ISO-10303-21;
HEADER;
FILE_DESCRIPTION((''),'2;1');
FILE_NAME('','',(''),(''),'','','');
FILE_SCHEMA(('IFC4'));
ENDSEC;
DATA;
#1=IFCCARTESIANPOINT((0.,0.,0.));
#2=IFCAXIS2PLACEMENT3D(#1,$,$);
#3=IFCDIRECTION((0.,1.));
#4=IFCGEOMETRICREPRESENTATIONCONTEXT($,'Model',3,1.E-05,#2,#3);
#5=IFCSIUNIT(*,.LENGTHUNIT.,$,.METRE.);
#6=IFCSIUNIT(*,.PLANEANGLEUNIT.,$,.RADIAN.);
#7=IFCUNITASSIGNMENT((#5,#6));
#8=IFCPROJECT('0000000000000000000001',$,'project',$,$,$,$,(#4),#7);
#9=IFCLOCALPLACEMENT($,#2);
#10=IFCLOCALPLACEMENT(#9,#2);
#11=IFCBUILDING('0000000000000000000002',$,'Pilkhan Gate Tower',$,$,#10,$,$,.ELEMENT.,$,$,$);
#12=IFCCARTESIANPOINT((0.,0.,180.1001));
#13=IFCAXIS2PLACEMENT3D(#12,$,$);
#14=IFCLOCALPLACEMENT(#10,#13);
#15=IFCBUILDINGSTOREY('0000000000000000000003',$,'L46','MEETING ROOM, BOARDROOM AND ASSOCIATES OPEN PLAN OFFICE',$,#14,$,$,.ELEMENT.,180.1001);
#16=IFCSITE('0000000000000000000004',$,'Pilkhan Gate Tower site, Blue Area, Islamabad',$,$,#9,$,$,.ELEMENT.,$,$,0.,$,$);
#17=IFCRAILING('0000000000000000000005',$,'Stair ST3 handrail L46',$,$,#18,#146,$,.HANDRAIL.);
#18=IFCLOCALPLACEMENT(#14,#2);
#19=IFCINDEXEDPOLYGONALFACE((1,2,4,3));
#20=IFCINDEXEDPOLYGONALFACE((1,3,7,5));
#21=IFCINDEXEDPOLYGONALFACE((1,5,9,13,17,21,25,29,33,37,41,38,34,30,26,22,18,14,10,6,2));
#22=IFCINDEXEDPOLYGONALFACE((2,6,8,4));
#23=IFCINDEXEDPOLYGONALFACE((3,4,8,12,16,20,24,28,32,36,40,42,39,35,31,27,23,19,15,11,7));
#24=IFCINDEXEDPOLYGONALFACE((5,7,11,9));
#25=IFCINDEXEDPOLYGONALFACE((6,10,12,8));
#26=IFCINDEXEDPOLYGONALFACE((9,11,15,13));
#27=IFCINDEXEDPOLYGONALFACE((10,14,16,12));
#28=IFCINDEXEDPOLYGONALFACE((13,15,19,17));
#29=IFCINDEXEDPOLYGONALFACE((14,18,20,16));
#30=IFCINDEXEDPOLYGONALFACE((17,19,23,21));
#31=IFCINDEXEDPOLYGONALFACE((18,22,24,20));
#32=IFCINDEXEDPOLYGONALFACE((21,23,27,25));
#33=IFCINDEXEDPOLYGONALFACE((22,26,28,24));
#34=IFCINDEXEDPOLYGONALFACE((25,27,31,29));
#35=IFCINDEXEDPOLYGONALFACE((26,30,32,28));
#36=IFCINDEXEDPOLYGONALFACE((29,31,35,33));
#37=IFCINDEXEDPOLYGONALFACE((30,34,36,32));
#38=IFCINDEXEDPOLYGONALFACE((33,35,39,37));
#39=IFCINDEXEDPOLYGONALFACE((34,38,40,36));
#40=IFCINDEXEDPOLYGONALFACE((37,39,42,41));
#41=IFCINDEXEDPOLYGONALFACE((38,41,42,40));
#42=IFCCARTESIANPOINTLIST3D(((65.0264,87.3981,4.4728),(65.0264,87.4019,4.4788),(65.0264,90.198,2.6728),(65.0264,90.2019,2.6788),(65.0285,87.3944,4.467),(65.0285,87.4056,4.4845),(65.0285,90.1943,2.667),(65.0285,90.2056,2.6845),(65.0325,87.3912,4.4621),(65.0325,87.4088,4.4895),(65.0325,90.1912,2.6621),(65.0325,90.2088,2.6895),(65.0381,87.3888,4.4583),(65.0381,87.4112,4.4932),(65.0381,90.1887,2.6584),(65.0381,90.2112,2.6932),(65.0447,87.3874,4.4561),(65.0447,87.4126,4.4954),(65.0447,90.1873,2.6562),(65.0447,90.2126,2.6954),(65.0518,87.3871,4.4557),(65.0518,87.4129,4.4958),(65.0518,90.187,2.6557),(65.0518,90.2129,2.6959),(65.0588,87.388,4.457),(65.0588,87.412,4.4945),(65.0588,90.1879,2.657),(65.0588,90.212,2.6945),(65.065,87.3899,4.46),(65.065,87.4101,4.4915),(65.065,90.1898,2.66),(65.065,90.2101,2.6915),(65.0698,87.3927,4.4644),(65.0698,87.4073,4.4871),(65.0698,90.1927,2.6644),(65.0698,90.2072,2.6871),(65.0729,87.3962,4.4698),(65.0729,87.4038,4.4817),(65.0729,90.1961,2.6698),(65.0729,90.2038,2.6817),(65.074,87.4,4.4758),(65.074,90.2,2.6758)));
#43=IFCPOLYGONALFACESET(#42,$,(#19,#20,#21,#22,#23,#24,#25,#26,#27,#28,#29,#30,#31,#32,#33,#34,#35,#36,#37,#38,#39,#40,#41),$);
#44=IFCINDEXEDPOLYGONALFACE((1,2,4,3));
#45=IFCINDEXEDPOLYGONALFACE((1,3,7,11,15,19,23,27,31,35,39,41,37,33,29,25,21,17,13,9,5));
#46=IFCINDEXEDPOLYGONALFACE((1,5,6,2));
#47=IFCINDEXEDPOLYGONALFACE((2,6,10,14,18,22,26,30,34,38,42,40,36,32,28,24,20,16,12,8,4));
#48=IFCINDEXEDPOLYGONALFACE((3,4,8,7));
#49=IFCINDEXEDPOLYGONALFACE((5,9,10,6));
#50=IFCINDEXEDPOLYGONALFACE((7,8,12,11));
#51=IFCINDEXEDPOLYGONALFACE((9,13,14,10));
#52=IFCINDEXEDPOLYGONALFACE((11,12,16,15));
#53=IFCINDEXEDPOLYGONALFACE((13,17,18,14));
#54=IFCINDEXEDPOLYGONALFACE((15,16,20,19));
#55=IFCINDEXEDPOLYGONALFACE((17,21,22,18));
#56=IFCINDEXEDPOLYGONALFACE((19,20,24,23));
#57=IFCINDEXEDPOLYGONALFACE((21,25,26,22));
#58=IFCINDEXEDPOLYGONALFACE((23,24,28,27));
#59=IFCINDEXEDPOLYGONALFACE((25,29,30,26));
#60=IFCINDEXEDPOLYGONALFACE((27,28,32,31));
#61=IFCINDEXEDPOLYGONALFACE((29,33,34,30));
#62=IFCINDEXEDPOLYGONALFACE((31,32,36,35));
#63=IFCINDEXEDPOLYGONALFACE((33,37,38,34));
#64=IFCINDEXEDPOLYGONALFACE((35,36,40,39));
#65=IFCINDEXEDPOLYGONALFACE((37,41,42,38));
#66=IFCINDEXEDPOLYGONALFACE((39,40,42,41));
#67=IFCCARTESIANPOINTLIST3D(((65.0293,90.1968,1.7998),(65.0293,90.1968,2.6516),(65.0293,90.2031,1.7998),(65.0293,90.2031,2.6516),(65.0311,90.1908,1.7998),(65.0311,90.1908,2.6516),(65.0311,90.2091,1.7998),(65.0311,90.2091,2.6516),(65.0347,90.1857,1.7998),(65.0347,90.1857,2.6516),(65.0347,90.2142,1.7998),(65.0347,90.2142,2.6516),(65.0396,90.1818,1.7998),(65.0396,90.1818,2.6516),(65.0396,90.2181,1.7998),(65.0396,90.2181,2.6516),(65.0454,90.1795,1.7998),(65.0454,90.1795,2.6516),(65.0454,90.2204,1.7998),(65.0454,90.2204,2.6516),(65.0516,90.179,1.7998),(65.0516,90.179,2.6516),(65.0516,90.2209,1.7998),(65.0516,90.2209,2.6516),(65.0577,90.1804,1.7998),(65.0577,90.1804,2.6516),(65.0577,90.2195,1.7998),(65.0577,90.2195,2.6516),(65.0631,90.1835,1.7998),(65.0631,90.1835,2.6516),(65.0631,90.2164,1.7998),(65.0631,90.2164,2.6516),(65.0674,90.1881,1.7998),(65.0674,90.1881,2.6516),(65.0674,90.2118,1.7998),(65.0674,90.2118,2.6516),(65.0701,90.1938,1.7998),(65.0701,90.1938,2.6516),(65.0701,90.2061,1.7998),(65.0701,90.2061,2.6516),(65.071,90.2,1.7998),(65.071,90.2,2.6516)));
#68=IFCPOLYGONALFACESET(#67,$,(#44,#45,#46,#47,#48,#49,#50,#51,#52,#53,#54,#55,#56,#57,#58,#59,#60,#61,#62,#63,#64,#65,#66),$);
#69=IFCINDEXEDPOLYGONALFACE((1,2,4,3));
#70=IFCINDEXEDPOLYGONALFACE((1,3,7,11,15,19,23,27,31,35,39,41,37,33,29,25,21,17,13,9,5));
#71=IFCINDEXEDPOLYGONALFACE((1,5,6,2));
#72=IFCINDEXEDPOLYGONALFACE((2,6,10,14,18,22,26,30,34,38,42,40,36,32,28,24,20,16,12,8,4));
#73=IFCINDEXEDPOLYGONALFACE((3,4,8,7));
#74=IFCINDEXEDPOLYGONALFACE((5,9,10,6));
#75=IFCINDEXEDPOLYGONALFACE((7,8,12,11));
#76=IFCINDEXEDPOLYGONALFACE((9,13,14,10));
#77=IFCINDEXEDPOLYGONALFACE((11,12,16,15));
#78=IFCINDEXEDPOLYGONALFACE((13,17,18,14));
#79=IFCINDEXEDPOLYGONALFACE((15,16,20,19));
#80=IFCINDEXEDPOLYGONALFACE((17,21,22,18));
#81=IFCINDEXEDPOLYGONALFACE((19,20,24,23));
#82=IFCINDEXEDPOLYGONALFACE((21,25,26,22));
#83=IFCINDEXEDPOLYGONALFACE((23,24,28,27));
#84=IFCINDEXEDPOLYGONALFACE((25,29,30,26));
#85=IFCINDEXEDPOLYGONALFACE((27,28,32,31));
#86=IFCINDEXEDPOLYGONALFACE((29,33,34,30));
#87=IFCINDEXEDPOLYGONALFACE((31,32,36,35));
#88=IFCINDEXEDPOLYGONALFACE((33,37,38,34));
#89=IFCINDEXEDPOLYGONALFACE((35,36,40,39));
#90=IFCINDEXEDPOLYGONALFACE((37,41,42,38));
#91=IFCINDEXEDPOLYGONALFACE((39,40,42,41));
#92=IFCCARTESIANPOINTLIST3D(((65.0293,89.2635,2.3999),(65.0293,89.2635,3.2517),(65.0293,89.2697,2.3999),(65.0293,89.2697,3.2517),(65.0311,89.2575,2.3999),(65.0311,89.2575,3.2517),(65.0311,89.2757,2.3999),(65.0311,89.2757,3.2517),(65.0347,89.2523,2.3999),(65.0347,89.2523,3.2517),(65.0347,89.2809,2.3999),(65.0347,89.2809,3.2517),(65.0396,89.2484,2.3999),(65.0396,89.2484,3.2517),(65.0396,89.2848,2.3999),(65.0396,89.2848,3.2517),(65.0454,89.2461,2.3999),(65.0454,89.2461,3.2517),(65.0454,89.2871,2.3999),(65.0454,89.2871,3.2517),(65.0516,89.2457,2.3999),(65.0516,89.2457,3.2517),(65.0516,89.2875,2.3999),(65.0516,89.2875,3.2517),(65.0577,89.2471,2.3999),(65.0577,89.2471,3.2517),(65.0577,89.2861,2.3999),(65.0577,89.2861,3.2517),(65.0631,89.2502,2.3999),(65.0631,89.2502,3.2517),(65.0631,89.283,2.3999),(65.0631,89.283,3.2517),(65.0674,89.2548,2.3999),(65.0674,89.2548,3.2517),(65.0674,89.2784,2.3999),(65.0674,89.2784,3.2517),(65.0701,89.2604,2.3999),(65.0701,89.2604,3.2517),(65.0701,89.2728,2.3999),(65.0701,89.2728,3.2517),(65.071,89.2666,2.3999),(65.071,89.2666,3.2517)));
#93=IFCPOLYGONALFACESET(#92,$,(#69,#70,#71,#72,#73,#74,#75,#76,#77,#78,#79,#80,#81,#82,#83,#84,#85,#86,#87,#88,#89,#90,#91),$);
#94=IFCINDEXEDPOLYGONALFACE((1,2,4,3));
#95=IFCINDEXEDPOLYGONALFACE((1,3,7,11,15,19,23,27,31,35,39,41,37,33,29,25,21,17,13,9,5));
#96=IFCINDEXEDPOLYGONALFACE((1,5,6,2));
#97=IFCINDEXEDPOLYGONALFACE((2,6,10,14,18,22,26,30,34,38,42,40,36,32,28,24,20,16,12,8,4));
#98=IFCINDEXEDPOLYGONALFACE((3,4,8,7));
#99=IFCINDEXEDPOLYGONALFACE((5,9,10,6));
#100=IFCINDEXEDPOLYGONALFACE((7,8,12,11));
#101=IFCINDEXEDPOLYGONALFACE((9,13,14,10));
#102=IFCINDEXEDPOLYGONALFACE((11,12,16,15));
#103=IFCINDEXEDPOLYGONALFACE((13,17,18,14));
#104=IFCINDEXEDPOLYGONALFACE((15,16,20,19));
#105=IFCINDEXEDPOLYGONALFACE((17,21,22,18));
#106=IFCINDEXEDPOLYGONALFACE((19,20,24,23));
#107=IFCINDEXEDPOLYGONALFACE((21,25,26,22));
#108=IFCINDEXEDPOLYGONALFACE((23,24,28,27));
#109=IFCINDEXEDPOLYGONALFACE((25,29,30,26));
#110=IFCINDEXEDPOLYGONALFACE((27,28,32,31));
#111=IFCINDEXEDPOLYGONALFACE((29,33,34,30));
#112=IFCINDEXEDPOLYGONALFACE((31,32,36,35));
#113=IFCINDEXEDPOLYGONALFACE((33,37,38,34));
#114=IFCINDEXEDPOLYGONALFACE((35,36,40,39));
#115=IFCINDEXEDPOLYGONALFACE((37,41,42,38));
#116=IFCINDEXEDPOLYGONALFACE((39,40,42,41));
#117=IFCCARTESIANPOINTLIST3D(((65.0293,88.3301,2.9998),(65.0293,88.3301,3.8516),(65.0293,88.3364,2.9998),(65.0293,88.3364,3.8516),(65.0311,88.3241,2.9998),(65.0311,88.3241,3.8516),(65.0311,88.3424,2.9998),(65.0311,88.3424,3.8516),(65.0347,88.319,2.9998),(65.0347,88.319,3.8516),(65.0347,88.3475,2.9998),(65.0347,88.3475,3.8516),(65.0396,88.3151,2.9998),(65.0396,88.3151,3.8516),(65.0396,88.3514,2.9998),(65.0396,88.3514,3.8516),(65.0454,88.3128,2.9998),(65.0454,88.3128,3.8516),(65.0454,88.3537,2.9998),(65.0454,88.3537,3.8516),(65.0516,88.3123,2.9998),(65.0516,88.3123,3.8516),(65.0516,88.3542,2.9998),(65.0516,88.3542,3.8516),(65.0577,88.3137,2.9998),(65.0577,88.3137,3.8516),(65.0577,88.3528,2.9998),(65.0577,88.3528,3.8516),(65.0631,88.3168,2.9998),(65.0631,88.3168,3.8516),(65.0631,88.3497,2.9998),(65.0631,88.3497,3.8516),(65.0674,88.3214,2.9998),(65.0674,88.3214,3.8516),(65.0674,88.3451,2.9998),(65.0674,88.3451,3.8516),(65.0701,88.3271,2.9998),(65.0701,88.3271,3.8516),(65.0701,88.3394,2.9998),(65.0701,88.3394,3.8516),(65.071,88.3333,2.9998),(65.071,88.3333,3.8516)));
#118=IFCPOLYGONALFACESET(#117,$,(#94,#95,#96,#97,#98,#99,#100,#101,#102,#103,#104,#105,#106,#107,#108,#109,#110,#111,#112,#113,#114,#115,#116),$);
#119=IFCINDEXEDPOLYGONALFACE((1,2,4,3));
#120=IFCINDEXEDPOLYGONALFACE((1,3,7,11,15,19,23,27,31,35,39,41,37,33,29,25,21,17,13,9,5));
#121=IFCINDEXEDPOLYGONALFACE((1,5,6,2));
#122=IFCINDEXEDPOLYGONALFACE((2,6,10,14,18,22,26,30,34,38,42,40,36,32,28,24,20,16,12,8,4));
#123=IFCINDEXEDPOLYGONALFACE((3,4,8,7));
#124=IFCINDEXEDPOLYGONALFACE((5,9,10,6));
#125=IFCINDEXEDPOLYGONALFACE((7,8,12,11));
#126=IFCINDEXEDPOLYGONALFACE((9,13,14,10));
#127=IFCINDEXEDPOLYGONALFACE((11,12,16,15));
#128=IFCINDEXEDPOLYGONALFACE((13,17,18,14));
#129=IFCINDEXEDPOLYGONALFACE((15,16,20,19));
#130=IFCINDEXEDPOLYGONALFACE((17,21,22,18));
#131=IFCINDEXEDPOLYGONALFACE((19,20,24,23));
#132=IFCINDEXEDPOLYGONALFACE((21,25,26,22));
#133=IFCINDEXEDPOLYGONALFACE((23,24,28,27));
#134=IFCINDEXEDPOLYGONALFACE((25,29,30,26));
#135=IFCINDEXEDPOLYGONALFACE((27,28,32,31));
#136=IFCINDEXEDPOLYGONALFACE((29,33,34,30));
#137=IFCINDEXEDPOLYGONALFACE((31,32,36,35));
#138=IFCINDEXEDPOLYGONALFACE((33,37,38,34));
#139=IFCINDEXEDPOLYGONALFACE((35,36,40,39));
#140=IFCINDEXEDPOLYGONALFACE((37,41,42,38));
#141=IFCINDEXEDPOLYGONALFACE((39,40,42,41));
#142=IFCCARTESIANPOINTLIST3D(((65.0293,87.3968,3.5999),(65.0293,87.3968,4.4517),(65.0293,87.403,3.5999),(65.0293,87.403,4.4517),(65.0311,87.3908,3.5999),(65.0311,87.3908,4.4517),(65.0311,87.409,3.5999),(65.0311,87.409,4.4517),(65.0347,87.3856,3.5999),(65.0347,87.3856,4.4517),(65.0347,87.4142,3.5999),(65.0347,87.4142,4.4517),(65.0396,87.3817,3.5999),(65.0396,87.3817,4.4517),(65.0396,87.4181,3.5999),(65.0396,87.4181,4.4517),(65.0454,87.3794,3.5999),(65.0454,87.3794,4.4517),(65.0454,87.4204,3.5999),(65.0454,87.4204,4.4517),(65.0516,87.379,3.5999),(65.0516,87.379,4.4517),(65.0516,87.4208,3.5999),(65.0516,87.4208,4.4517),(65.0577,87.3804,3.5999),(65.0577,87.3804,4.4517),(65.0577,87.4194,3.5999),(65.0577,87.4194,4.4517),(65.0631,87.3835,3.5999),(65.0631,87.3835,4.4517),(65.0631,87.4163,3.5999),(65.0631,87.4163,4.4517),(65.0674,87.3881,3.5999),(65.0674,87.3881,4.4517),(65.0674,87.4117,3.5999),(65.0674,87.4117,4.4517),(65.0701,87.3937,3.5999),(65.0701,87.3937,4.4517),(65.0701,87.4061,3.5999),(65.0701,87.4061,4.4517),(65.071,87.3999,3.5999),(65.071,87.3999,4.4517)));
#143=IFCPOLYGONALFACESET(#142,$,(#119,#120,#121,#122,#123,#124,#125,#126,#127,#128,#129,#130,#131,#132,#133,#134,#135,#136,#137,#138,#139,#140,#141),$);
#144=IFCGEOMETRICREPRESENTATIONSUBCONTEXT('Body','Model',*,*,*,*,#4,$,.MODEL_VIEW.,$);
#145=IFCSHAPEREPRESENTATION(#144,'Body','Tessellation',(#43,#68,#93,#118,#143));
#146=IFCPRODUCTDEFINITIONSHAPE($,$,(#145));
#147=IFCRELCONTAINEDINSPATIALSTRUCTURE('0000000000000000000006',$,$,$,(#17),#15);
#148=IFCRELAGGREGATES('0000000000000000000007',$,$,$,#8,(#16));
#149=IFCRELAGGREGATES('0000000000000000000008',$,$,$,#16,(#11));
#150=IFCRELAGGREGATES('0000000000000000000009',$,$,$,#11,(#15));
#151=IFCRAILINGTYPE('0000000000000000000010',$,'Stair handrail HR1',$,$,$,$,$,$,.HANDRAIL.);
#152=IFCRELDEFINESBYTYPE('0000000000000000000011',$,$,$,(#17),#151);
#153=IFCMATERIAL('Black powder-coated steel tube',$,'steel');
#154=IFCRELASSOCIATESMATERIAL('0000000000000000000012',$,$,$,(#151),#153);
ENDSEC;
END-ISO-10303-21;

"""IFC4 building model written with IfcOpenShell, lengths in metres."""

from ifc_helpers import new_model, si_unit, direction, frame, origin, origin_2d, place, context, subcontext, project, spatial, circle, extrude, material, type_object, element, save


model = new_model("IFC4")

# Units and contexts
model_context = context("Model", 3, precision=1e-05, world=origin(), true_north=direction((0.0, 1.0)))
body_context = subcontext(model_context, "Body", "Model", "MODEL_VIEW")
ifc_project = project(units=[si_unit("LENGTHUNIT", "METRE"), si_unit("PLANEANGLEUNIT", "RADIAN")], contexts=[model_context])

# Site, building, storey
site_placement = place(None, origin())
site = spatial("IfcSite", under=ifc_project, at=site_placement, Name="Pilkhan Gate Tower site, Blue Area, Islamabad", CompositionType="ELEMENT", RefElevation=0.0)
building_placement = place(site_placement, origin())
building = spatial("IfcBuilding", under=site, at=building_placement, Name="Pilkhan Gate Tower", CompositionType="ELEMENT")
storey_placement = place(building_placement, frame((0.0, 0.0, 180.1001)))
storey = spatial("IfcBuildingStorey", under=building, at=storey_placement, Name="L46", Description="MEETING ROOM, BOARDROOM AND ASSOCIATES OPEN PLAN OFFICE", CompositionType="ELEMENT", Elevation=180.1001)

# Railing
ifc_material_1 = material(Name="Black powder-coated steel tube", Category="steel")
railing_type_1 = type_object("IfcRailingType", Name="Stair handrail HR1", PredefinedType="HANDRAIL", material=ifc_material_1)
railing_1_placement = place(storey_placement, frame((65.05, 90.2, 1.7998)))
element("IfcRailing", 1, at=railing_1_placement, inside=storey, type_object=railing_type_1, Name="Stair ST3 handrail L46", PredefinedType="HANDRAIL", context=body_context, shape_type="SweptSolid", body=[
    extrude(circle(Radius=0.0239, at=origin_2d()), frame((0.0, 0.0, 0.876), z_axis=(0.0, -0.841176, 0.540761), x_axis=(1.0, 0.0, 0.0)), (0.0, 0.0, 1.0), 3.3286),
    extrude(circle(Radius=0.021, at=origin_2d()), origin(), (0.0, 0.0, 1.0), 0.8518),
    extrude(circle(Radius=0.021, at=origin_2d()), frame((0.0, -0.9333, 0.6001)), (0.0, 0.0, 1.0), 0.8518),
    extrude(circle(Radius=0.021, at=origin_2d()), frame((0.0, -1.8667, 1.2)), (0.0, 0.0, 1.0), 0.8518),
    extrude(circle(Radius=0.021, at=origin_2d()), frame((0.0, -2.8, 1.8)), (0.0, 0.0, 1.0), 0.8518),
])

save(model, "model.ifc")
